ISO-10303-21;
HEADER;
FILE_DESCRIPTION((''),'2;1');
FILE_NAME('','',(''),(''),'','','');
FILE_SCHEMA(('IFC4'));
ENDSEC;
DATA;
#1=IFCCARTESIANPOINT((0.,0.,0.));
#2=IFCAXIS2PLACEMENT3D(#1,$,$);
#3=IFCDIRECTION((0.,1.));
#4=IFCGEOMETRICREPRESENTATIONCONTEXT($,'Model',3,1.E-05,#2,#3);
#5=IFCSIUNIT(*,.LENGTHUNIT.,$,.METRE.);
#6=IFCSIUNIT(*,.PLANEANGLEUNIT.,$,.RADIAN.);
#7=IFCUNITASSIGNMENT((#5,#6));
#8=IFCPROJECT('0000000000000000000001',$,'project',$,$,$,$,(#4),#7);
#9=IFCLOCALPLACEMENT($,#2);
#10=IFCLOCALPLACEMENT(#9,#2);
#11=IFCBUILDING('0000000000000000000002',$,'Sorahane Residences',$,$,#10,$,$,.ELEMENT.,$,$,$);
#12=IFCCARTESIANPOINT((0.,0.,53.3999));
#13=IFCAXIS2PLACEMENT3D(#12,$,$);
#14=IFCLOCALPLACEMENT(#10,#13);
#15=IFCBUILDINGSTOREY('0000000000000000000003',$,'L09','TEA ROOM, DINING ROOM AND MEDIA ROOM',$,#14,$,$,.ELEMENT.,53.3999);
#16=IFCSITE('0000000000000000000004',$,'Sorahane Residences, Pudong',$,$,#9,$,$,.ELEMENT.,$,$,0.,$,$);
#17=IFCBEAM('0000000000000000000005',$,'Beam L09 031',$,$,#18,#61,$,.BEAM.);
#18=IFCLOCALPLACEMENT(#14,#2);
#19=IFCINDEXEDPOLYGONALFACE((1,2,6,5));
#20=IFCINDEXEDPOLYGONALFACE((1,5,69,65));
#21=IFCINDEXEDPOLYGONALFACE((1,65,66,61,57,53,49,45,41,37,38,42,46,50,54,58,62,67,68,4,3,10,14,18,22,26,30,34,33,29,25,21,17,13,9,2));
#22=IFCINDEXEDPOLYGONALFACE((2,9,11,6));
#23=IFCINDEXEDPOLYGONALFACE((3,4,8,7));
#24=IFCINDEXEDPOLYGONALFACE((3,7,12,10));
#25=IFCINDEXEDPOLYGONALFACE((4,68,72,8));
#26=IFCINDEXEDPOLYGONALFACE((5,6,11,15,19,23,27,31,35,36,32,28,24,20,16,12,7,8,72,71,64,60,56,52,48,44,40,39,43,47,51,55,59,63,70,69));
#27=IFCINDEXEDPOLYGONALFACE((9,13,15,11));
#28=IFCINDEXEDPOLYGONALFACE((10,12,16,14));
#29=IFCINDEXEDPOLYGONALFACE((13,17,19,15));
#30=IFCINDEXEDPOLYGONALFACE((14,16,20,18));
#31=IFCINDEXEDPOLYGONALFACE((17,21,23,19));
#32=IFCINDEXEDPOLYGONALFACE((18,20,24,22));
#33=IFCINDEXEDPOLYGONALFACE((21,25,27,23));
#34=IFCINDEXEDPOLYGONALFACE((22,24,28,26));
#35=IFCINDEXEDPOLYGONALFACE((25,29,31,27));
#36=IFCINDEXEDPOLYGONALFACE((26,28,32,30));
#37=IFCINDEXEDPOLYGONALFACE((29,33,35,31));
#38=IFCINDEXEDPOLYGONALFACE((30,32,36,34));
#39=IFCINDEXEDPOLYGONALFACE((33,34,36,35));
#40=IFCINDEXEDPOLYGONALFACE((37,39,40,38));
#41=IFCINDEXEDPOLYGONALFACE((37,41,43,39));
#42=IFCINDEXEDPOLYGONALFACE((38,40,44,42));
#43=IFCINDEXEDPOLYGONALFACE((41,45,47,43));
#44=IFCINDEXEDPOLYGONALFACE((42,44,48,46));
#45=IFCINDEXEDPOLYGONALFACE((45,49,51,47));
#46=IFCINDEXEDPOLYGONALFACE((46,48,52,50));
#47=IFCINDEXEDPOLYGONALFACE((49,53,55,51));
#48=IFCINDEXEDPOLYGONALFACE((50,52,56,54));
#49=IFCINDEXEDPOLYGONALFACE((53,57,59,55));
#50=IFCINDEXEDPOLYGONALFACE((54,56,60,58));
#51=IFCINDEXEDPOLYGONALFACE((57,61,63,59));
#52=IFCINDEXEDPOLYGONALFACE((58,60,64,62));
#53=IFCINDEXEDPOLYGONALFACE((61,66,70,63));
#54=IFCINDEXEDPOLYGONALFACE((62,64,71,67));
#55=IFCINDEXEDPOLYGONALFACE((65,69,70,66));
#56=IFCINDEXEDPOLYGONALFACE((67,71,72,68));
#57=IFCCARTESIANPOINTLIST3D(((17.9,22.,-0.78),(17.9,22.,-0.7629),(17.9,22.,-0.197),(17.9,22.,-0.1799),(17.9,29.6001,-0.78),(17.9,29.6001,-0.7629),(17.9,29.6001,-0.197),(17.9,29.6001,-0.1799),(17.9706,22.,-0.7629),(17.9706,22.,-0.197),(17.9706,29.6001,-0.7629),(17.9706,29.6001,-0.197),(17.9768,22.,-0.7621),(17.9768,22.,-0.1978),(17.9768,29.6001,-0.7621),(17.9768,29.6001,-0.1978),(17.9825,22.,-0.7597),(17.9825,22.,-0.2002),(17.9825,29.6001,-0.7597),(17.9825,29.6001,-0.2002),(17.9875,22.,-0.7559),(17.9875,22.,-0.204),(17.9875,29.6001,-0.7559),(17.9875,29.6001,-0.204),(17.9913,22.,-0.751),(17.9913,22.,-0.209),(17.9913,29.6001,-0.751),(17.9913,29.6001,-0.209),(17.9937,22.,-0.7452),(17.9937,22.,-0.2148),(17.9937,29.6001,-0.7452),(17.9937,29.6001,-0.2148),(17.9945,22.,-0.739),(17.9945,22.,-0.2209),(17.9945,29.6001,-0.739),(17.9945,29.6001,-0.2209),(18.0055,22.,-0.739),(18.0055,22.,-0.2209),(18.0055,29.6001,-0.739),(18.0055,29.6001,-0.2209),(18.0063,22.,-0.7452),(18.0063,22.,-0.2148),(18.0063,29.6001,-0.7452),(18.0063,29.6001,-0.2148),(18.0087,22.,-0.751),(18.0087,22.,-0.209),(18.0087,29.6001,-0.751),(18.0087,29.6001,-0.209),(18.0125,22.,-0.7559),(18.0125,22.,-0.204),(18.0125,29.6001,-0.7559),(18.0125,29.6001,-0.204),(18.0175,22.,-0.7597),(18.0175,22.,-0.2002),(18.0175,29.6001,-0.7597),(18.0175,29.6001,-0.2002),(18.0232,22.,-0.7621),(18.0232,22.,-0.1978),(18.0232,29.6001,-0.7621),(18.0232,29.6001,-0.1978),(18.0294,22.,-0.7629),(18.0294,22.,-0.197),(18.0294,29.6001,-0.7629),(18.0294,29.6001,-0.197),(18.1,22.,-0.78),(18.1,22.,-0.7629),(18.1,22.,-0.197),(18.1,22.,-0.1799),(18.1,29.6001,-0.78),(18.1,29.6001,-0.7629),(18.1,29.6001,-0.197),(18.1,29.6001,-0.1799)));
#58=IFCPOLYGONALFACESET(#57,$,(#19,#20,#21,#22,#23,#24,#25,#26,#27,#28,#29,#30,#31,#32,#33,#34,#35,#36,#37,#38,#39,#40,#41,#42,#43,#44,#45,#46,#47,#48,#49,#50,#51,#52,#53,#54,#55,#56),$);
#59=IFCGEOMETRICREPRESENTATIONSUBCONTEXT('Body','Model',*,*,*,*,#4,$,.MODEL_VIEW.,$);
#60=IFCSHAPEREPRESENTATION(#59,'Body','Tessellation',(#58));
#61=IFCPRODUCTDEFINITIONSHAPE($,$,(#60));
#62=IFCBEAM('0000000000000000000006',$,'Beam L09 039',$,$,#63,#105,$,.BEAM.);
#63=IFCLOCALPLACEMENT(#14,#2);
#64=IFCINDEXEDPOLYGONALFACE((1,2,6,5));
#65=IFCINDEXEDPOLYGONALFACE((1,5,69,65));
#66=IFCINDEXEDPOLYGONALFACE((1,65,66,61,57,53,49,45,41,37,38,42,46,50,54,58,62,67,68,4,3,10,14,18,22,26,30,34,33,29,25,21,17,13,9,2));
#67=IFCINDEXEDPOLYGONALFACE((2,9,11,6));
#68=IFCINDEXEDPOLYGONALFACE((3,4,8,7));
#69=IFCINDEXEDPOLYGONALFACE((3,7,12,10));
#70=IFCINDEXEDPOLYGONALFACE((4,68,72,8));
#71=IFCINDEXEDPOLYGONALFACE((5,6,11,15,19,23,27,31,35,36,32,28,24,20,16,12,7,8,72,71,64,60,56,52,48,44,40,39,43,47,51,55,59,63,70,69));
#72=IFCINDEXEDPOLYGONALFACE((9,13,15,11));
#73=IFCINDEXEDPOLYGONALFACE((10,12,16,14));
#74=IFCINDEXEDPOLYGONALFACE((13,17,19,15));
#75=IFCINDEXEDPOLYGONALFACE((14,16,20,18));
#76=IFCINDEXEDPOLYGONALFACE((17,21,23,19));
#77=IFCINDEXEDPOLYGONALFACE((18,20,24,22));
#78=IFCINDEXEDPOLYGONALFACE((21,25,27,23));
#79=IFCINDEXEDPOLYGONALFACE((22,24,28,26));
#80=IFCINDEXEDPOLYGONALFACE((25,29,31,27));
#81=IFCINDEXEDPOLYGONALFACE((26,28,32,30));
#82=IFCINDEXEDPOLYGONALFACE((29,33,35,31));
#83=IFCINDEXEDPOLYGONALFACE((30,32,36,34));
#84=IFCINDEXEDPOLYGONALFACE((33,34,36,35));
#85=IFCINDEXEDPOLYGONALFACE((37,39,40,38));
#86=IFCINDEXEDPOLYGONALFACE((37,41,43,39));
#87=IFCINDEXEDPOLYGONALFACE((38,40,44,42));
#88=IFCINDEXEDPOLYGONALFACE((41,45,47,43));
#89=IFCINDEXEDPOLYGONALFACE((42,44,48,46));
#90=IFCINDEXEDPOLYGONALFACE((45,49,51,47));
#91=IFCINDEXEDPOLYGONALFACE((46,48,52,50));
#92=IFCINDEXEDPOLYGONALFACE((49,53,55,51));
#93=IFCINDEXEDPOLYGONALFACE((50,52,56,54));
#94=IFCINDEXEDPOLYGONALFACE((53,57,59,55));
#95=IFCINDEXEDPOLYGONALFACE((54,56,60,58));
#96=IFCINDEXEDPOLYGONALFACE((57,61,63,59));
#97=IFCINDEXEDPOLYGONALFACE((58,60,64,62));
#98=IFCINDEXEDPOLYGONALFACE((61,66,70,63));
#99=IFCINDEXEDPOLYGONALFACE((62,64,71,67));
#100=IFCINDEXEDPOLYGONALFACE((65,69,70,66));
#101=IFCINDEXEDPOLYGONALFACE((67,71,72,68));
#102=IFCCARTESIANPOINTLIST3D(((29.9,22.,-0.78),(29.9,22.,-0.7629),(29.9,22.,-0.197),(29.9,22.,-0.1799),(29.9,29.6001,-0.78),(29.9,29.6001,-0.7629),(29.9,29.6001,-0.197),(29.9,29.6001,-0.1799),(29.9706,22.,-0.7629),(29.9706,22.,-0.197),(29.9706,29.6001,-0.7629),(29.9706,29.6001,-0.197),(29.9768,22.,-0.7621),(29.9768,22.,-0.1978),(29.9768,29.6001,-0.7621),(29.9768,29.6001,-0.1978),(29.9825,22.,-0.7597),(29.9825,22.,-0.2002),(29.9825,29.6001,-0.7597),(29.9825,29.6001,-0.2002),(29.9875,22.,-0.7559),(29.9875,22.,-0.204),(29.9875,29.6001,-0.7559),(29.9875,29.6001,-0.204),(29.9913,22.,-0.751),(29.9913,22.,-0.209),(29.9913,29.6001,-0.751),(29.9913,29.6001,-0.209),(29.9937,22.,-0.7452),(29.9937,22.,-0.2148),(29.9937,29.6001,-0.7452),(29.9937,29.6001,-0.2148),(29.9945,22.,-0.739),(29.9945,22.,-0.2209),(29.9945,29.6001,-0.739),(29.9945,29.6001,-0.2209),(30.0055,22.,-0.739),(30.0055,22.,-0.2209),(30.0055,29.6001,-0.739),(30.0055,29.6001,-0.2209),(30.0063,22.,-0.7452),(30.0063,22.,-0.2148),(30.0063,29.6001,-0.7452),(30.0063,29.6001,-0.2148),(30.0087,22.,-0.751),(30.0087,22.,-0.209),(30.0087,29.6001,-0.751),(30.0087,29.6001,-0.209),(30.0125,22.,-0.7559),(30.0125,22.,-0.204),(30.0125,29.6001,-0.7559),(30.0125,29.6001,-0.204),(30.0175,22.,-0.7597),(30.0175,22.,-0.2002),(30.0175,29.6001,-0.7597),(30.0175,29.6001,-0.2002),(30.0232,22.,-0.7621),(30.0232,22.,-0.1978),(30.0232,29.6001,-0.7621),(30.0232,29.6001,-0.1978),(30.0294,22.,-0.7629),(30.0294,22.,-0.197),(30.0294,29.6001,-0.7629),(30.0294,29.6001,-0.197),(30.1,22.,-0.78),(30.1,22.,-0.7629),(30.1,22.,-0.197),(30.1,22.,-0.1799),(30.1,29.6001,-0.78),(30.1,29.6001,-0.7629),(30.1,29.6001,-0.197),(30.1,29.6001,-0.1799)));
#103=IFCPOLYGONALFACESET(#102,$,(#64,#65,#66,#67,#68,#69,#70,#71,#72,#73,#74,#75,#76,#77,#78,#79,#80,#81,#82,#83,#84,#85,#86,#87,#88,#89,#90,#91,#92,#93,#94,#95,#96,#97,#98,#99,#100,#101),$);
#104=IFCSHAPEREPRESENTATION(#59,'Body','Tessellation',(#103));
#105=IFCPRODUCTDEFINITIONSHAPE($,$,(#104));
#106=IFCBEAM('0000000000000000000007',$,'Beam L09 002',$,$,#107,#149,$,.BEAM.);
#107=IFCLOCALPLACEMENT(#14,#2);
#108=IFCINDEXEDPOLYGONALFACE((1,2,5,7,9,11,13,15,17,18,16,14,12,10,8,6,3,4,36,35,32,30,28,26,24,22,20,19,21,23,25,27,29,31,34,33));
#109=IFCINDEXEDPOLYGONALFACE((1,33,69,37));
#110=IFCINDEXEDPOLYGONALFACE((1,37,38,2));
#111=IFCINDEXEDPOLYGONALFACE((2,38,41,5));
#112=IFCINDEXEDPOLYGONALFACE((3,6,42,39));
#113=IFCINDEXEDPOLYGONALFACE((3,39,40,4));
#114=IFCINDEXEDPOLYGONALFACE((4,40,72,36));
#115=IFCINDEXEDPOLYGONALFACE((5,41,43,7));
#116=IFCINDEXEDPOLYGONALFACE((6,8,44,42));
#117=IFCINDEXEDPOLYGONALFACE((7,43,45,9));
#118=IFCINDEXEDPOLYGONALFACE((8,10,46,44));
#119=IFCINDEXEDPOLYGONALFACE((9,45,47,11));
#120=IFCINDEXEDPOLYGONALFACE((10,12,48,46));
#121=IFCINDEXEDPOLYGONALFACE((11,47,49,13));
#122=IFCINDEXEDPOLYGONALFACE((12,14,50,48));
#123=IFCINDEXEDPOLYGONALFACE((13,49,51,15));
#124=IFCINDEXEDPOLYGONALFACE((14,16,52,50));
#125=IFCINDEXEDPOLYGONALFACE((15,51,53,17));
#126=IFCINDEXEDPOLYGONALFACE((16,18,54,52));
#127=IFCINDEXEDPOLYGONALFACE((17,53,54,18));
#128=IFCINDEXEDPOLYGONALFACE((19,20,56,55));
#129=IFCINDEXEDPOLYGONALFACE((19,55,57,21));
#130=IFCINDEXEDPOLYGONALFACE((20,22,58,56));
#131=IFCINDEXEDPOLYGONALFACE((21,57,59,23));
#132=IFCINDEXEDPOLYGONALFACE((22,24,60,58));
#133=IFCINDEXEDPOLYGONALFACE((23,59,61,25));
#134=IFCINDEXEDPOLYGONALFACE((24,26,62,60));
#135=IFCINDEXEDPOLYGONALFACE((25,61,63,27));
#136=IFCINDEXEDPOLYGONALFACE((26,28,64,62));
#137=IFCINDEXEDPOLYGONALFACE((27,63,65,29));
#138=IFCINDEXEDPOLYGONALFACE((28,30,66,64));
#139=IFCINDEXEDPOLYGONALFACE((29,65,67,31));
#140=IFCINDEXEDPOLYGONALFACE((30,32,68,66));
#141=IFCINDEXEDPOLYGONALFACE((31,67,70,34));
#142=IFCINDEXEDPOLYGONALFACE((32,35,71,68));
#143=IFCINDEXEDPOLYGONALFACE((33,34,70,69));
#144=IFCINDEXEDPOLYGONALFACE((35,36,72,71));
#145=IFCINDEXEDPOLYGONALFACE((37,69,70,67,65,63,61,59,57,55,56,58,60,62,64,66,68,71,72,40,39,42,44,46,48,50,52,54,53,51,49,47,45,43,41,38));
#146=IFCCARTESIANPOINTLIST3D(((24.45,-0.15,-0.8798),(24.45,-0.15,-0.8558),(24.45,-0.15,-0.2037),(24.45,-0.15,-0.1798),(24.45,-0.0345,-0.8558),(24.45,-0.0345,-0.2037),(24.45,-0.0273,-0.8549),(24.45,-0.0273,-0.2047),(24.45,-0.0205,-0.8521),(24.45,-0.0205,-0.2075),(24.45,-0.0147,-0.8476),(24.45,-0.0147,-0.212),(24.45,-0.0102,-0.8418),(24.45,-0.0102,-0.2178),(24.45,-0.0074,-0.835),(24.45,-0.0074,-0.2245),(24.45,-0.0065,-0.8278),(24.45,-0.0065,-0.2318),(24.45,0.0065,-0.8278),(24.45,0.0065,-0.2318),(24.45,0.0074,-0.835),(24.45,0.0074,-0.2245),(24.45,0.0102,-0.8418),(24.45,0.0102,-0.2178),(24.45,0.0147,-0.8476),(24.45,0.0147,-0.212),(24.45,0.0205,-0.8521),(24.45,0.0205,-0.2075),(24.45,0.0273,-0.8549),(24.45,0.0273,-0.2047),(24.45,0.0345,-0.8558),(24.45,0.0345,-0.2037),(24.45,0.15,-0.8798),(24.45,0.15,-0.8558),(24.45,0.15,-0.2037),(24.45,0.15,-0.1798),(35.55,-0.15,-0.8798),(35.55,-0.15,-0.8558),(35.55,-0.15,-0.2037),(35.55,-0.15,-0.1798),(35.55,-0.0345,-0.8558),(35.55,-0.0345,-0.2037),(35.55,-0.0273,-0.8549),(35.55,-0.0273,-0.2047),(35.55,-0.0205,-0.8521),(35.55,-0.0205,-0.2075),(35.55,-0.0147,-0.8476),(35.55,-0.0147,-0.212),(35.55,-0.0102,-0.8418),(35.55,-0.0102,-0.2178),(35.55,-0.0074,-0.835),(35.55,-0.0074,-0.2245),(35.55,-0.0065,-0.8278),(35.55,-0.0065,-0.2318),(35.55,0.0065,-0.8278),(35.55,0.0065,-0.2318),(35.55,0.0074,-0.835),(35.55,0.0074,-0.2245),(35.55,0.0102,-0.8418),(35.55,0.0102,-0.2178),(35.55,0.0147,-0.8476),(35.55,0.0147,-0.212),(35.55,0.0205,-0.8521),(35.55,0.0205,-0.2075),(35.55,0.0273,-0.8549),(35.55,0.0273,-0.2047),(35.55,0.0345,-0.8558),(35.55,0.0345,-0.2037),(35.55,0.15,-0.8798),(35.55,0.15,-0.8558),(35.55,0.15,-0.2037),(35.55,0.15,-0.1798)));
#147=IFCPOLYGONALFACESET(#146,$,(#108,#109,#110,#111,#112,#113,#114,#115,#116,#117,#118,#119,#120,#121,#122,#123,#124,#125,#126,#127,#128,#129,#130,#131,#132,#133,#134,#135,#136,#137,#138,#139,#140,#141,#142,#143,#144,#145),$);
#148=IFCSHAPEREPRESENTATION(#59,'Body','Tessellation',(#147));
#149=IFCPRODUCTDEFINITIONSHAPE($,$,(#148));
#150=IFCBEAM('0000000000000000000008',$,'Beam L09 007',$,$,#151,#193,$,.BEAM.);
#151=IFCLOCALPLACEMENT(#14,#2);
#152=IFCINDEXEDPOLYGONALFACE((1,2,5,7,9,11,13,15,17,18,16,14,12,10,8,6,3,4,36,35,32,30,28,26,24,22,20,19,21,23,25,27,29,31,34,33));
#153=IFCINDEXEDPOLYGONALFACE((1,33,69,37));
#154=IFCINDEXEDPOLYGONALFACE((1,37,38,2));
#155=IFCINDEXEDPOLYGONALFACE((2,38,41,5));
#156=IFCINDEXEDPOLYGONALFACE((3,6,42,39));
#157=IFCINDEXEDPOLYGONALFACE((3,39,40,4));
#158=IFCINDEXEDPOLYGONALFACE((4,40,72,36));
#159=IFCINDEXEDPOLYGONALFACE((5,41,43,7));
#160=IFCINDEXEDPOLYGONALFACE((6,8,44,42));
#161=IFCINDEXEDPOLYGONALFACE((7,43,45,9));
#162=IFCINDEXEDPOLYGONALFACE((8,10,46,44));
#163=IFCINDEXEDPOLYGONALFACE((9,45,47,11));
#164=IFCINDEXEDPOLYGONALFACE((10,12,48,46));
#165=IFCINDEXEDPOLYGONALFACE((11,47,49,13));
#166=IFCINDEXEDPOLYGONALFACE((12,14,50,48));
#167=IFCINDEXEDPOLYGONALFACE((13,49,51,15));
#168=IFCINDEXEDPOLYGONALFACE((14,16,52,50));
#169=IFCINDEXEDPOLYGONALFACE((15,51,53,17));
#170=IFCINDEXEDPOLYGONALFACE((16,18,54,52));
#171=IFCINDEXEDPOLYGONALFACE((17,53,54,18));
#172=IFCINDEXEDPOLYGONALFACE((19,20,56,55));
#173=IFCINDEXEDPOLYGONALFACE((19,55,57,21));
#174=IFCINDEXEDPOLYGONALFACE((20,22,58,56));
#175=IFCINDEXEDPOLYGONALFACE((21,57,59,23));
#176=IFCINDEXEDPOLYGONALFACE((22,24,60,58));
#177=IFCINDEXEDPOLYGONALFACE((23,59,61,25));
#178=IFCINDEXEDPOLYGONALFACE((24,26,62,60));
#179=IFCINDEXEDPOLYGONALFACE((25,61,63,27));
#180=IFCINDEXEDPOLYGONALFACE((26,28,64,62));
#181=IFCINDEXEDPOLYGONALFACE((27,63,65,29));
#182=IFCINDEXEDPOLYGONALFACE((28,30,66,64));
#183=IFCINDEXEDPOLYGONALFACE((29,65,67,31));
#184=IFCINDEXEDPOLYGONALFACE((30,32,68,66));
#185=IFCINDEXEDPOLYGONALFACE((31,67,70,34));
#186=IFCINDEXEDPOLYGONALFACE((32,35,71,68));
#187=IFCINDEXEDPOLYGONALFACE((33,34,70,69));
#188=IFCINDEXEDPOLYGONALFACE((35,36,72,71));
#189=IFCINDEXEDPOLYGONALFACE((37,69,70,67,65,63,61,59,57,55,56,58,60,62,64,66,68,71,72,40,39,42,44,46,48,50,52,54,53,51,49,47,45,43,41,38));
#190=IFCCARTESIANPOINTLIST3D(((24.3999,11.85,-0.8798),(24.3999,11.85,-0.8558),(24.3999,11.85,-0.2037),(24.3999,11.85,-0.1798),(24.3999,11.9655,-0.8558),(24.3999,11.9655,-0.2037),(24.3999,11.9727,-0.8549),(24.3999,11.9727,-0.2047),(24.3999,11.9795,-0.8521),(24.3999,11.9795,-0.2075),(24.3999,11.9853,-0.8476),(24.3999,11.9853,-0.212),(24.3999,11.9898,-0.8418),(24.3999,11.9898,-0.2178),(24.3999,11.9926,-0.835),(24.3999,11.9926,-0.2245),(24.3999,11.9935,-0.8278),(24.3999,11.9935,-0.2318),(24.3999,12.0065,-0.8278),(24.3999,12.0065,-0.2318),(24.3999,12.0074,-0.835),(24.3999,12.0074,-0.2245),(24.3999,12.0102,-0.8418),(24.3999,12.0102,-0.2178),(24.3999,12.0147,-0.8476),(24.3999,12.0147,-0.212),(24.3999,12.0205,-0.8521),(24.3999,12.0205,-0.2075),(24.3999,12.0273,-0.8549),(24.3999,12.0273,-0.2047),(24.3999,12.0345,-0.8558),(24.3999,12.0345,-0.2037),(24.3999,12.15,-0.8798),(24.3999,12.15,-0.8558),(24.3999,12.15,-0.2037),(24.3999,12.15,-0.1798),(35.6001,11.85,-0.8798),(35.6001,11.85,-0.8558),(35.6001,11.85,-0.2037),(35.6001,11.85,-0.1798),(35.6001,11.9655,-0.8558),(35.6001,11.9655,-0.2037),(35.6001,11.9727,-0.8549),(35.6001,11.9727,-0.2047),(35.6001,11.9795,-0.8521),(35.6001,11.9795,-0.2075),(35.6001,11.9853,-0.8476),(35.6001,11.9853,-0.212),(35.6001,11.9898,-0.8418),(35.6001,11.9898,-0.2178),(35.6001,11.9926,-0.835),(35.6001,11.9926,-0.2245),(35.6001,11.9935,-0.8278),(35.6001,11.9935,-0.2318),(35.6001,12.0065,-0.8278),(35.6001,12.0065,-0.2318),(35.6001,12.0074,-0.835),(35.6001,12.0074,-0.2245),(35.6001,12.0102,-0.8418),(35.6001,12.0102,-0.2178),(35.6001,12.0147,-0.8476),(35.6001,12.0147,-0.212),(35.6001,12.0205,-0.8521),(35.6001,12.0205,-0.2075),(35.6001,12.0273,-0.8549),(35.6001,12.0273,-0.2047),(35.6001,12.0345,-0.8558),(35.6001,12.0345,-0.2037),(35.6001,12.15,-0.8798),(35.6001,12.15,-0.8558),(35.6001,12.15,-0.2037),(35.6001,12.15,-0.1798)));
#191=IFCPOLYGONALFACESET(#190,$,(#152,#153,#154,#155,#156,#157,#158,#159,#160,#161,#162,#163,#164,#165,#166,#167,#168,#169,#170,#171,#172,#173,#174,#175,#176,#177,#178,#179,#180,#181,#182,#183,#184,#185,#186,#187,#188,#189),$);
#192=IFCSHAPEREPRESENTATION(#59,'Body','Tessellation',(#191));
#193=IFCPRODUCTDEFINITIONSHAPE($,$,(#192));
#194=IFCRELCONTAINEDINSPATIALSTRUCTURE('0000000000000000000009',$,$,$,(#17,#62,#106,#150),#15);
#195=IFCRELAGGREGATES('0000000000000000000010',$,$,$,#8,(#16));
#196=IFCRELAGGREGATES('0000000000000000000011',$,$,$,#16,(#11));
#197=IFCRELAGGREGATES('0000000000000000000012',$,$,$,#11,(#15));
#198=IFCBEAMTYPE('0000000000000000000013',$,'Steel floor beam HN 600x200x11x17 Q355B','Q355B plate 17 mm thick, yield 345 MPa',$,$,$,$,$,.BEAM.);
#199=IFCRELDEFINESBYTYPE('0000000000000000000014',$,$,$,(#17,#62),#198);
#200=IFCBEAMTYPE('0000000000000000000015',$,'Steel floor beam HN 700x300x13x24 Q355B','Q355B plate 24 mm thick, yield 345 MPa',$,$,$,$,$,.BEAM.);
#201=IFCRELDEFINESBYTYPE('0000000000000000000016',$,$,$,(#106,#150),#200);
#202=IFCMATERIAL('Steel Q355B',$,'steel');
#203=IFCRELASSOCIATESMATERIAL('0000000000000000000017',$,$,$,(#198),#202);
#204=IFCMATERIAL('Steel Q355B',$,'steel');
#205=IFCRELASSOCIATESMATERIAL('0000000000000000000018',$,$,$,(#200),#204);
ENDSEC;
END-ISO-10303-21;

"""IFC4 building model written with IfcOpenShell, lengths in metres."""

from ifc_helpers import new_model, si_unit, direction, frame, origin, origin_2d, place, context, subcontext, project, spatial, i_section, extrude, material, material_profile, profile_set, type_object, element, save


model = new_model("IFC4")

# Units and contexts
model_context = context("Model", 3, precision=1e-05, world=origin(), true_north=direction((0.0, 1.0)))
body_context = subcontext(model_context, "Body", "Model", "MODEL_VIEW")
ifc_project = project(units=[si_unit("LENGTHUNIT", "METRE"), si_unit("PLANEANGLEUNIT", "RADIAN")], contexts=[model_context])

# Site, building, storey
site_placement = place(None, origin())
site = spatial("IfcSite", under=ifc_project, at=site_placement, Name="Sorahane Residences, Pudong", CompositionType="ELEMENT", RefElevation=0.0)
building_placement = place(site_placement, origin())
building = spatial("IfcBuilding", under=site, at=building_placement, Name="Sorahane Residences", CompositionType="ELEMENT")
storey_placement = place(building_placement, frame((0.0, 0.0, 53.3999)))
storey = spatial("IfcBuildingStorey", under=building, at=storey_placement, Name="L09", Description="TEA ROOM, DINING ROOM AND MEDIA ROOM", CompositionType="ELEMENT", Elevation=53.3999)

# Beams
ifc_material_1 = material(Name="Steel Q355B", Category="steel")
ifc_material_profile_1 = material_profile(ifc_material_1, i_section(OverallWidth=0.2, OverallDepth=0.6001, WebThickness=0.011, FlangeThickness=0.0171, FilletRadius=0.0239, at=origin_2d()), Name="HN 600x200x11x17")
ifc_profile_set_1 = profile_set([ifc_material_profile_1], Name="Steel Q355B")
beam_type_1 = type_object("IfcBeamType", Name="Steel floor beam HN 600x200x11x17 Q355B", Description="Q355B plate 17 mm thick, yield 345 MPa", PredefinedType="BEAM", material=ifc_profile_set_1)
for number, where, z_axis, x_axis, name in (
    (1, (18.0, 22.0, -0.48), (0.0, 1.0, 0.0), (-1.0, 0.0, 0.0), "Beam L09 031"),
    (2, (30.0, 22.0, -0.48), (0.0, 1.0, 0.0), (-1.0, 0.0, 0.0), "Beam L09 039"),
):
    element("IfcBeam", number, at=place(storey_placement, frame(where, z_axis=z_axis, x_axis=x_axis)), inside=storey, type_object=beam_type_1, Name=name, PredefinedType="BEAM", context=body_context, shape_type="SweptSolid", body=[
        extrude(i_section(OverallWidth=0.2, OverallDepth=0.6001, WebThickness=0.011, FlangeThickness=0.0171, FilletRadius=0.0239, at=origin_2d()), origin(), (0.0, 0.0, 1.0), 7.6001),
    ])
ifc_material_2 = material(Name="Steel Q355B", Category="steel")
ifc_material_profile_2 = material_profile(ifc_material_2, i_section(OverallWidth=0.3, OverallDepth=0.7, WebThickness=0.0129, FlangeThickness=0.0239, FilletRadius=0.0281, at=origin_2d()), Name="HN 700x300x13x24")
ifc_profile_set_2 = profile_set([ifc_material_profile_2], Name="Steel Q355B")
beam_type_2 = type_object("IfcBeamType", Name="Steel floor beam HN 700x300x13x24 Q355B", Description="Q355B plate 24 mm thick, yield 345 MPa", PredefinedType="BEAM", material=ifc_profile_set_2)
beam_1_placement = place(storey_placement, frame((24.45, 0.0, -0.5298), z_axis=(1.0, 0.0, 0.0), x_axis=(0.0, 1.0, 0.0)))
element("IfcBeam", 3, at=beam_1_placement, inside=storey, type_object=beam_type_2, Name="Beam L09 002", PredefinedType="BEAM", context=body_context, shape_type="SweptSolid", body=[
    extrude(i_section(OverallWidth=0.3, OverallDepth=0.7, WebThickness=0.0129, FlangeThickness=0.0239, FilletRadius=0.0281, at=origin_2d()), origin(), (0.0, 0.0, 1.0), 11.1001),
])
beam_2_placement = place(storey_placement, frame((24.3999, 12.0, -0.5298), z_axis=(1.0, 0.0, 0.0), x_axis=(0.0, 1.0, 0.0)))
element("IfcBeam", 4, at=beam_2_placement, inside=storey, type_object=beam_type_2, Name="Beam L09 007", PredefinedType="BEAM", context=body_context, shape_type="SweptSolid", body=[
    extrude(i_section(OverallWidth=0.3, OverallDepth=0.7, WebThickness=0.0129, FlangeThickness=0.0239, FilletRadius=0.0281, at=origin_2d()), origin(), (0.0, 0.0, 1.0), 11.2002),
])

save(model, "model.ifc")
